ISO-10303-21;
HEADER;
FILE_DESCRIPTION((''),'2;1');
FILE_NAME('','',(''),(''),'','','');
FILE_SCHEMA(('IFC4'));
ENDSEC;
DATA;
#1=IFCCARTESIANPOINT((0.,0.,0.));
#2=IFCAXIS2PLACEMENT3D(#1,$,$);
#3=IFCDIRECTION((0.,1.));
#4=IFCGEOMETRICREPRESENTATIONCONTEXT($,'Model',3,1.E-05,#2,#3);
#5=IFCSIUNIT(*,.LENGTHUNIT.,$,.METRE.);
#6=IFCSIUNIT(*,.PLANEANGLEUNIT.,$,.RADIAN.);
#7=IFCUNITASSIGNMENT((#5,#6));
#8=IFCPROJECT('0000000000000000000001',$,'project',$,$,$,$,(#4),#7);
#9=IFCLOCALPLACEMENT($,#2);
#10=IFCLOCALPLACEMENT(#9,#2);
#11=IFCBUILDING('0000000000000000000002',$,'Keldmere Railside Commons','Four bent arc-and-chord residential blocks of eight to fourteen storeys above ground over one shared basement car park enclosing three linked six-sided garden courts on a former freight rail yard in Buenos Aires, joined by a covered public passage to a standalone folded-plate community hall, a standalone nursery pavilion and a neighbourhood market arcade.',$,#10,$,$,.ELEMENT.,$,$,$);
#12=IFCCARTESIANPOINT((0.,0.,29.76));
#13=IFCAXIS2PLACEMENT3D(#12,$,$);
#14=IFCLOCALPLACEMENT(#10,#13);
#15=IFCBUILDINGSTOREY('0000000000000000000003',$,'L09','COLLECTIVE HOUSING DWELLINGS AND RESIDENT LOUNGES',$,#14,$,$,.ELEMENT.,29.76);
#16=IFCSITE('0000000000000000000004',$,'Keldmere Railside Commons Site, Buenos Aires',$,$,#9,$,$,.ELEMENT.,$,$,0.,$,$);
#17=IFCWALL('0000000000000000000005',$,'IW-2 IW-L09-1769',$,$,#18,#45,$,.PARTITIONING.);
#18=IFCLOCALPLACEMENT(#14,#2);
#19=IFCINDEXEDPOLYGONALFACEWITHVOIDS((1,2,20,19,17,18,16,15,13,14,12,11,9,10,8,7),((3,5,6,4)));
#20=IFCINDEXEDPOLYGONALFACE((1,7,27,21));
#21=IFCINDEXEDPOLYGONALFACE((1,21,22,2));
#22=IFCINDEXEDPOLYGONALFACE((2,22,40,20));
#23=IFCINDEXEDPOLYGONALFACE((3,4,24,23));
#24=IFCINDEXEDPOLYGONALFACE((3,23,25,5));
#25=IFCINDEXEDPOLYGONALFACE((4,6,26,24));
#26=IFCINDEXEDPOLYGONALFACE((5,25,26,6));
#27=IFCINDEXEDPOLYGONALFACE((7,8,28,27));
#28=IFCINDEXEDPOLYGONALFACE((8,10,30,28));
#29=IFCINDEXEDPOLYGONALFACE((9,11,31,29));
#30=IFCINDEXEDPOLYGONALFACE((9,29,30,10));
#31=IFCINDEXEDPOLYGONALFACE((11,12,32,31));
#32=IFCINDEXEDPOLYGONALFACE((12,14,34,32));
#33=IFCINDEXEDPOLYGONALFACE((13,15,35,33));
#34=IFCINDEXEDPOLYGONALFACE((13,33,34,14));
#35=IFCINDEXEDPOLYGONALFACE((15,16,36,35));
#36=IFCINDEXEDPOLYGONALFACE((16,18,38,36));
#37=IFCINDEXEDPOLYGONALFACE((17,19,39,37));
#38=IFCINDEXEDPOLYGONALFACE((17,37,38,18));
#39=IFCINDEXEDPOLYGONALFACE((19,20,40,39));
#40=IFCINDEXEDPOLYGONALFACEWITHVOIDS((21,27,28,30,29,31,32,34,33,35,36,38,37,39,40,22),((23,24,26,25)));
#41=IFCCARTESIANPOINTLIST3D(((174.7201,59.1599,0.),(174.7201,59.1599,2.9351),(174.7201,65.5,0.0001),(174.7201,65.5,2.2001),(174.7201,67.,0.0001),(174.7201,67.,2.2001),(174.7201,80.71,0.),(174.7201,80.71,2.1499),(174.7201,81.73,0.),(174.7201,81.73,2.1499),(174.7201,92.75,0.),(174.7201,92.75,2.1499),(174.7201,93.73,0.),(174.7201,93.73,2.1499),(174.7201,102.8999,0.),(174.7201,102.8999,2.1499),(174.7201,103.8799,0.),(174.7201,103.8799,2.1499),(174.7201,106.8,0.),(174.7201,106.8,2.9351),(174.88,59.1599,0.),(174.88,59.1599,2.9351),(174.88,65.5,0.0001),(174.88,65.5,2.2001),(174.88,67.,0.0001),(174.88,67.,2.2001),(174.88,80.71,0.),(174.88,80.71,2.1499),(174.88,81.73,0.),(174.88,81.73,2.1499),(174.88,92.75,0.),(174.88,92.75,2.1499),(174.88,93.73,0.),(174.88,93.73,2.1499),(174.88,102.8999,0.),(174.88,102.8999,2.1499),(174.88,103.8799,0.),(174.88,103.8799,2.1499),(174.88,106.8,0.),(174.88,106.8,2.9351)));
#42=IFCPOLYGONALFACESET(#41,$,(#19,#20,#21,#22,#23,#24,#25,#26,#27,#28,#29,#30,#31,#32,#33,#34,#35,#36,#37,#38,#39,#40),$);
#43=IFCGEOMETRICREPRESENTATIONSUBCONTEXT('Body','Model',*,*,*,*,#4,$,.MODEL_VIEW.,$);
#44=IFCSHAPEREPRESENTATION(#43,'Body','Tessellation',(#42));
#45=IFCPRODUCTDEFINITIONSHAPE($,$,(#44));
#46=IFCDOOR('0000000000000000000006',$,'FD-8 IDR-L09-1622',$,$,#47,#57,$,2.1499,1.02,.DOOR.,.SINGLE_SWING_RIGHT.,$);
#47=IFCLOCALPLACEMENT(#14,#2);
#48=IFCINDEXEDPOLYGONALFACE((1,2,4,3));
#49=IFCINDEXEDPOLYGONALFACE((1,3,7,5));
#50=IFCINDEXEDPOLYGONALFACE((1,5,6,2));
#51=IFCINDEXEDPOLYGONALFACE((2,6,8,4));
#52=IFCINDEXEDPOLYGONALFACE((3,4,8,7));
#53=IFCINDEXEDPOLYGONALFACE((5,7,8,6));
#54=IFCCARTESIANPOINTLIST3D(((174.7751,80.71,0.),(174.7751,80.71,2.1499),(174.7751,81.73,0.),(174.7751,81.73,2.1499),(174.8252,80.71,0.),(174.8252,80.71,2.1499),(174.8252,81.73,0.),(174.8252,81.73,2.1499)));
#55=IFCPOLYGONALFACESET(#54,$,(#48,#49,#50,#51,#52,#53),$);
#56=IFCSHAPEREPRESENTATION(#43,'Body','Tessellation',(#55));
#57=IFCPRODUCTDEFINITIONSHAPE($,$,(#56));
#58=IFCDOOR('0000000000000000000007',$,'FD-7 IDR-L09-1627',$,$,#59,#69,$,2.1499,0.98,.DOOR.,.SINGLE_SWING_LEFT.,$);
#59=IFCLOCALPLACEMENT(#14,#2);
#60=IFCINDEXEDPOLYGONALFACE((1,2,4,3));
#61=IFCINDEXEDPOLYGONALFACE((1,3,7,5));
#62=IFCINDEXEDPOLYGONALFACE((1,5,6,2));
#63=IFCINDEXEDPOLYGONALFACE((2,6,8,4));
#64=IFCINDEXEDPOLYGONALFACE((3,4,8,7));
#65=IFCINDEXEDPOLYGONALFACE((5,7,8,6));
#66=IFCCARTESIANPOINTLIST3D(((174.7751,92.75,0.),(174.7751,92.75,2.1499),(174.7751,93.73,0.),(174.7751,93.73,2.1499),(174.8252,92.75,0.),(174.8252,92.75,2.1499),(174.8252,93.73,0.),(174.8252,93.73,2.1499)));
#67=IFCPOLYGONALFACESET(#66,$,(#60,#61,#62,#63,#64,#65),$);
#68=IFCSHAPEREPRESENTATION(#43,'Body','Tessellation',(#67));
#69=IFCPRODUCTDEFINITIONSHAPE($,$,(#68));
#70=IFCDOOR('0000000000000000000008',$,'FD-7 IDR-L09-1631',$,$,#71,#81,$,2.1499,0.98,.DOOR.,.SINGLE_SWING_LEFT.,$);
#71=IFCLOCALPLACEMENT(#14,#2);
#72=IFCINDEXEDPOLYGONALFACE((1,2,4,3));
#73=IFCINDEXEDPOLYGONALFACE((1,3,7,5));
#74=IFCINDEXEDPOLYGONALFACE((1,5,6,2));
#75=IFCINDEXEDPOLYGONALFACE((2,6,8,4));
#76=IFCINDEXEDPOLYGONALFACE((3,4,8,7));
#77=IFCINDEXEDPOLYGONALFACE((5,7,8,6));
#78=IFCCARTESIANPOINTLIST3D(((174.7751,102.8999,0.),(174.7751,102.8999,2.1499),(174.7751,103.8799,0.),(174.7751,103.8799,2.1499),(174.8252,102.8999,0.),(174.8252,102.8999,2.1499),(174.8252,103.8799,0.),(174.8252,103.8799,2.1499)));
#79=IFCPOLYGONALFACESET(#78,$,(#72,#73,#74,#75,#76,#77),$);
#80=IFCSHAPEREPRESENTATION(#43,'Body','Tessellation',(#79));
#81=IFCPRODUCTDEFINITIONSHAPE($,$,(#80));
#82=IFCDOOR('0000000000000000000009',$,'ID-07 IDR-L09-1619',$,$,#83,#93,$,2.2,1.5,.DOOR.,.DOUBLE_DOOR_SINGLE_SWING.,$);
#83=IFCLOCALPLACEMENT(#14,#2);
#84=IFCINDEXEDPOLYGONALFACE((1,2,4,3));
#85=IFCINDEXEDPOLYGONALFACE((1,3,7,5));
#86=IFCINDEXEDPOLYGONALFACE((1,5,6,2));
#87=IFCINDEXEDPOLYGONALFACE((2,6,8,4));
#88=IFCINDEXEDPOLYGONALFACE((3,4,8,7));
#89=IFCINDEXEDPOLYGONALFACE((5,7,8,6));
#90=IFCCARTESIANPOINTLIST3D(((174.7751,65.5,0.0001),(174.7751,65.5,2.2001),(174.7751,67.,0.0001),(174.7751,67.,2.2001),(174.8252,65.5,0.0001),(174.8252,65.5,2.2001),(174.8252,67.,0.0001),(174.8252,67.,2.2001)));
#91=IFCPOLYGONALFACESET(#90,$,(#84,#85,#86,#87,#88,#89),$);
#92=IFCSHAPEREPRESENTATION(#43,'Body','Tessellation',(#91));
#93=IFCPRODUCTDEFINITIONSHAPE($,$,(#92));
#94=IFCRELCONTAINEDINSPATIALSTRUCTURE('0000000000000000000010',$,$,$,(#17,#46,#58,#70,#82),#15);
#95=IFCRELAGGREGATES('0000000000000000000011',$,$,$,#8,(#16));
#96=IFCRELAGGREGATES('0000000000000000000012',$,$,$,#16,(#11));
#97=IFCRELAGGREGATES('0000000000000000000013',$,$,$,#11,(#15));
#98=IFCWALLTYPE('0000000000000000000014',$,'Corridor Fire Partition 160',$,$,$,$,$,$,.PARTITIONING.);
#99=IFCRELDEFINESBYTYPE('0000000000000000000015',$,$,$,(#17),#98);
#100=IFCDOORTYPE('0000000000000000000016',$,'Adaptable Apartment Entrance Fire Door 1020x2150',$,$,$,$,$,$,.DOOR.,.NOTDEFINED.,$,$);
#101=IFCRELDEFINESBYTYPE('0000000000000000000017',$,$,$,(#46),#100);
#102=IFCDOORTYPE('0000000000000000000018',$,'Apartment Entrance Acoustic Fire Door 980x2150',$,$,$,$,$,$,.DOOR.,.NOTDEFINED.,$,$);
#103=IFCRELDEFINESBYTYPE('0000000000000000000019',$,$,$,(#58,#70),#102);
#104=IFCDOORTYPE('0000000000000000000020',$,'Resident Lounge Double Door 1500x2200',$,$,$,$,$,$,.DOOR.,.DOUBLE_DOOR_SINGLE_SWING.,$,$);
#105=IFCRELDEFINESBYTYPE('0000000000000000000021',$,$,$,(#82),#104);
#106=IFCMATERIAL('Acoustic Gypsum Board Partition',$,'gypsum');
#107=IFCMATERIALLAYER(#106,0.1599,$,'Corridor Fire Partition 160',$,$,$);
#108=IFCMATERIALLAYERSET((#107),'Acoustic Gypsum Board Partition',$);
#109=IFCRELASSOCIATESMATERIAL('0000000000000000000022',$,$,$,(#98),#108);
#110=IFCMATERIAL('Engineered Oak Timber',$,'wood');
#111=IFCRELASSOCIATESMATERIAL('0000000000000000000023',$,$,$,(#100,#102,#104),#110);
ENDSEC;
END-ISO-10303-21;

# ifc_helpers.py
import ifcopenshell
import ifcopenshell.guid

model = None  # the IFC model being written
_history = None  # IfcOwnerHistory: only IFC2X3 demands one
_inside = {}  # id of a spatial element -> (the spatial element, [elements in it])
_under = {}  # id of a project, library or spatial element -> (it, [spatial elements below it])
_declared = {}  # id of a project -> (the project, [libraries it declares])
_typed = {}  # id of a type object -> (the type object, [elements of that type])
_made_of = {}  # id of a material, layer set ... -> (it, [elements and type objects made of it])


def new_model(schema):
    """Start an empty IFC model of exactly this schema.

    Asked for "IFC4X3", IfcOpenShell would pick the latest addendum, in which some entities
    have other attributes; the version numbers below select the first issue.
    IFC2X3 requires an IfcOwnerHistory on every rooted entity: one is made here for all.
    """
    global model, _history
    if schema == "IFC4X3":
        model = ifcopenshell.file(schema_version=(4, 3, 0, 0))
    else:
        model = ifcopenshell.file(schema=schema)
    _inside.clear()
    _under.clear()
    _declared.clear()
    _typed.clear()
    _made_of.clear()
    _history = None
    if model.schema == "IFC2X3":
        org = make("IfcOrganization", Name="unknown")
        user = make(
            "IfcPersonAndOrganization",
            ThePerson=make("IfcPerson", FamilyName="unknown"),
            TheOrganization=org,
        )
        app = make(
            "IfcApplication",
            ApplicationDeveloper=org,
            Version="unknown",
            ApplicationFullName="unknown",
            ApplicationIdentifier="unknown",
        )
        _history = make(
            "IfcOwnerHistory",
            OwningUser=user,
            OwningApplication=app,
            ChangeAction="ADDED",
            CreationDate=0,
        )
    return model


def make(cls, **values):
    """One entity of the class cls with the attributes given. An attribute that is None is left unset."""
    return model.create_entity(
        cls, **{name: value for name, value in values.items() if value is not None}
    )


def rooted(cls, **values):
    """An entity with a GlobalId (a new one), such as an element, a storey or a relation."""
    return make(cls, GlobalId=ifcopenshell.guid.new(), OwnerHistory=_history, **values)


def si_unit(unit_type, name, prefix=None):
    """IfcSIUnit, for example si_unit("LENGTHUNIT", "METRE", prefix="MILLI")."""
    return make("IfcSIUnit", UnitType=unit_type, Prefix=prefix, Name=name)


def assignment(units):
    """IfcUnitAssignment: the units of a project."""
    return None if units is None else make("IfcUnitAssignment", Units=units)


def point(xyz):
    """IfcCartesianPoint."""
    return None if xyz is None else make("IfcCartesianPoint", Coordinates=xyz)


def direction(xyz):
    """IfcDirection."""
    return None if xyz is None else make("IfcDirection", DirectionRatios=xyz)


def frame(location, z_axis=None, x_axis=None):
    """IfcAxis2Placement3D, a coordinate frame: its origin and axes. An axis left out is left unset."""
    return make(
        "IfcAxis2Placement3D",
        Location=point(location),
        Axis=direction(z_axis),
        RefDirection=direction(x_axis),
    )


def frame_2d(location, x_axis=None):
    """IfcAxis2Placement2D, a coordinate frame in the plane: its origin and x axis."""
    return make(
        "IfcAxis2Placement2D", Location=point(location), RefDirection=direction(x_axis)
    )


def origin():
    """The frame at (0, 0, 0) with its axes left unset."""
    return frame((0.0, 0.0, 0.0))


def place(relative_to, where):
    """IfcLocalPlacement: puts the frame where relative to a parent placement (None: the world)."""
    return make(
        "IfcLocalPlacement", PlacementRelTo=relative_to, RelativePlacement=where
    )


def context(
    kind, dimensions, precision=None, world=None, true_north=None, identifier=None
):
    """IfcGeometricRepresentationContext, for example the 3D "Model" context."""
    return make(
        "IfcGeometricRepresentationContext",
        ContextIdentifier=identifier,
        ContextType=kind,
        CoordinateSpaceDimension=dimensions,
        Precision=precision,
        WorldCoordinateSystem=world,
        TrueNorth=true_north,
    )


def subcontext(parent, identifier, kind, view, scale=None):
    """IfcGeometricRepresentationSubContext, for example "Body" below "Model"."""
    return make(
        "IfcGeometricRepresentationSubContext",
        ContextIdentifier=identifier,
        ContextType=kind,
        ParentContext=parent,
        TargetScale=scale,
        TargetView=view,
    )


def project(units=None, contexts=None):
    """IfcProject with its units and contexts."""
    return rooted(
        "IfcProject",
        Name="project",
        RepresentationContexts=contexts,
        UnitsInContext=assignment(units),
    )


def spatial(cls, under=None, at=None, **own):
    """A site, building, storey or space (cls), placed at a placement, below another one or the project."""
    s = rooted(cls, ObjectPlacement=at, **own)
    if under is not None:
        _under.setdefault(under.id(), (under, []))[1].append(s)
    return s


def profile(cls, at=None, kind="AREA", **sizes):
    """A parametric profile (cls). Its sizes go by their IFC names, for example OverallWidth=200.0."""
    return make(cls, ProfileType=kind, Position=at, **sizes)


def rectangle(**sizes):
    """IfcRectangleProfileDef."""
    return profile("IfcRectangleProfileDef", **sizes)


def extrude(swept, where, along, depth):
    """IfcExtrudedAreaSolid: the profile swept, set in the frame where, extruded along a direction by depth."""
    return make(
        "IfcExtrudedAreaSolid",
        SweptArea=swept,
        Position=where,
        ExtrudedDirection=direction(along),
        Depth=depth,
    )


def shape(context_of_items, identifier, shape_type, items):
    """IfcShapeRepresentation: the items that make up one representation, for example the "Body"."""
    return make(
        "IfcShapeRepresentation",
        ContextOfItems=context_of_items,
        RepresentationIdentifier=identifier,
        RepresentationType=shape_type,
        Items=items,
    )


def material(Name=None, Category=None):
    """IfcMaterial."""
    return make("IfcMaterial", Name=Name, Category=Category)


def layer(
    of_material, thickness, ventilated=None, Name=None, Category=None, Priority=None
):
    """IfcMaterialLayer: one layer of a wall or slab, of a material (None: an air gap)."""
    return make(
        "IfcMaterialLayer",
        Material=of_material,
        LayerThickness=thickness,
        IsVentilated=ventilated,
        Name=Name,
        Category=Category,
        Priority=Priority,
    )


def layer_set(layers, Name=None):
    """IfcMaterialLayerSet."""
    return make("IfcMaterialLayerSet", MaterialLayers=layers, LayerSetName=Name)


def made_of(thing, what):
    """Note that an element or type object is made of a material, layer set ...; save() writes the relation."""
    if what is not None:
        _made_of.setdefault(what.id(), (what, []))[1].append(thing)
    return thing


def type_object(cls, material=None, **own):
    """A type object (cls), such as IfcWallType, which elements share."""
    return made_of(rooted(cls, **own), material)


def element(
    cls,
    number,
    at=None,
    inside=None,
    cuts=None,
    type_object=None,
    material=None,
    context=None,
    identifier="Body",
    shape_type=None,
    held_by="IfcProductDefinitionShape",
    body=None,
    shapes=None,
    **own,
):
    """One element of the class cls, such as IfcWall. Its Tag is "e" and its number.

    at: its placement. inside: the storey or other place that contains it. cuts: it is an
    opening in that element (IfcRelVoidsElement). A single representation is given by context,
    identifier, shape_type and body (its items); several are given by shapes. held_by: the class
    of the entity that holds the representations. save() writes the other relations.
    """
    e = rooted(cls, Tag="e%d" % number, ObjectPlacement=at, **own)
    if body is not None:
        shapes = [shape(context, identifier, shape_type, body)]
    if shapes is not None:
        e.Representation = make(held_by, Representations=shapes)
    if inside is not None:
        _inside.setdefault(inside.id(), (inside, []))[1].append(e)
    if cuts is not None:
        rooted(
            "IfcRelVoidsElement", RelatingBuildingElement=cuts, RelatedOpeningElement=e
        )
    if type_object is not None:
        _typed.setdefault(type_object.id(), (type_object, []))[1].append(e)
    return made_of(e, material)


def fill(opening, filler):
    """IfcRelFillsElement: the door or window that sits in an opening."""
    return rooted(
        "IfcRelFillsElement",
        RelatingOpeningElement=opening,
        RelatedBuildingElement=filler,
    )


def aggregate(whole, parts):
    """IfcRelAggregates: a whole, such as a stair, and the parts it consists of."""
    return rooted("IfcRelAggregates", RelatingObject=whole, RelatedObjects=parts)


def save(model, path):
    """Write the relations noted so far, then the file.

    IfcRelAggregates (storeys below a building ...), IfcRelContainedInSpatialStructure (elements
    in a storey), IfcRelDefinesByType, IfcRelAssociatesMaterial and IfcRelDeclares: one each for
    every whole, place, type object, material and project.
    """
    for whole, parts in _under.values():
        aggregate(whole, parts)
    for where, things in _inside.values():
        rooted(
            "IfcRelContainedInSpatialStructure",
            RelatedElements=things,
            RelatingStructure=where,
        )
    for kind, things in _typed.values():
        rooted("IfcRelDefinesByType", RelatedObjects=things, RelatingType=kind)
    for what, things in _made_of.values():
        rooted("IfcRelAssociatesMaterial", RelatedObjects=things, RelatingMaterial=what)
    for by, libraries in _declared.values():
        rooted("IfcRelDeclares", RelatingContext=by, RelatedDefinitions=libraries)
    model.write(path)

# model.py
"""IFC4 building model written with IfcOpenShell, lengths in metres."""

from ifc_helpers import new_model, si_unit, direction, frame, frame_2d, origin, place, context, subcontext, project, spatial, rectangle, extrude, material, layer, layer_set, type_object, element, fill, save


model = new_model("IFC4")

# Units and contexts
model_context = context("Model", 3, precision=1e-05, world=origin(), true_north=direction((0.0, 1.0)))
body_context = subcontext(model_context, "Body", "Model", "MODEL_VIEW")
ifc_project = project(units=[si_unit("LENGTHUNIT", "METRE"), si_unit("PLANEANGLEUNIT", "RADIAN")], contexts=[model_context])

# Site, building, storey
site_placement = place(None, origin())
site = spatial("IfcSite", under=ifc_project, at=site_placement, Name="Keldmere Railside Commons Site, Buenos Aires", CompositionType="ELEMENT", RefElevation=0.0)
building_placement = place(site_placement, origin())
building = spatial("IfcBuilding", under=site, at=building_placement, Name="Keldmere Railside Commons", Description="Four bent arc-and-chord residential blocks of eight to fourteen storeys above ground over one shared basement car park enclosing three linked six-sided garden courts on a former freight rail yard in Buenos Aires, joined by a covered public passage to a standalone folded-plate community hall, a standalone nursery pavilion and a neighbourhood market arcade.", CompositionType="ELEMENT")
storey_placement = place(building_placement, frame((0.0, 0.0, 29.76)))
storey = spatial("IfcBuildingStorey", under=building, at=storey_placement, Name="L09", Description="COLLECTIVE HOUSING DWELLINGS AND RESIDENT LOUNGES", CompositionType="ELEMENT", Elevation=29.76)

# Wall, openings, doors
ifc_material_1 = material(Name="Acoustic Gypsum Board Partition", Category="gypsum")
ifc_layer = layer(ifc_material_1, 0.1599, Name="Corridor Fire Partition 160")
ifc_layer_set = layer_set([ifc_layer], Name="Acoustic Gypsum Board Partition")
wall_type = type_object("IfcWallType", Name="Corridor Fire Partition 160", PredefinedType="PARTITIONING", material=ifc_layer_set)
wall_1_placement = place(storey_placement, frame((174.8, 59.1599, 0.0), z_axis=(0.0, 0.0, 1.0), x_axis=(0.0, 1.0, 0.0)))
wall_1 = element("IfcWall", 1, at=wall_1_placement, inside=storey, type_object=wall_type, Name="IW-2 IW-L09-1769", PredefinedType="PARTITIONING", context=body_context, shape_type="SweptSolid", body=[
    extrude(rectangle(XDim=47.6401, YDim=0.1599, at=frame_2d((23.8201, 0.0))), origin(), (0.0, 0.0, 1.0), 2.9351),
])
opening_1_placement = place(wall_1_placement, frame((6.3401, 0.0, 0.0)))
opening_1 = element("IfcOpeningElement", 2, at=opening_1_placement, cuts=wall_1, PredefinedType="OPENING", context=body_context, shape_type="SweptSolid", body=[
    extrude(rectangle(XDim=1.5, YDim=2.2, at=frame_2d((0.75, 1.1001))), frame((0.0, 0.0898, 0.0), z_axis=(0.0, -1.0, 0.0), x_axis=(1.0, 0.0, 0.0)), (0.0, 0.0, 1.0), 0.1799),
])
opening_2_placement = place(wall_1_placement, frame((21.55, 0.0, 0.0)))
opening_2 = element("IfcOpeningElement", 3, at=opening_2_placement, cuts=wall_1, PredefinedType="OPENING", context=body_context, shape_type="SweptSolid", body=[
    extrude(rectangle(XDim=1.02, YDim=2.1499, at=frame_2d((0.51, 1.075))), frame((0.0, 0.0898, 0.0), z_axis=(0.0, -1.0, 0.0), x_axis=(1.0, 0.0, 0.0)), (0.0, 0.0, 1.0), 0.1799),
])
opening_3_placement = place(wall_1_placement, frame((33.5901, 0.0, 0.0)))
opening_3 = element("IfcOpeningElement", 4, at=opening_3_placement, cuts=wall_1, PredefinedType="OPENING", context=body_context, shape_type="SweptSolid", body=[
    extrude(rectangle(XDim=0.98, YDim=2.1499, at=frame_2d((0.49, 1.075))), frame((0.0, 0.0898, 0.0), z_axis=(0.0, -1.0, 0.0), x_axis=(1.0, 0.0, 0.0)), (0.0, 0.0, 1.0), 0.1799),
])
opening_4_placement = place(wall_1_placement, frame((43.74, 0.0, 0.0)))
opening_4 = element("IfcOpeningElement", 5, at=opening_4_placement, cuts=wall_1, PredefinedType="OPENING", context=body_context, shape_type="SweptSolid", body=[
    extrude(rectangle(XDim=0.98, YDim=2.1499, at=frame_2d((0.49, 1.075))), frame((0.0, 0.0898, 0.0), z_axis=(0.0, -1.0, 0.0), x_axis=(1.0, 0.0, 0.0)), (0.0, 0.0, 1.0), 0.1799),
])
ifc_material_2 = material(Name="Engineered Oak Timber", Category="wood")
door_type_1 = type_object("IfcDoorType", Name="Adaptable Apartment Entrance Fire Door 1020x2150", OperationType="NOTDEFINED", PredefinedType="DOOR", material=ifc_material_2)
door_1_placement = place(opening_2_placement, origin())
door_1 = element("IfcDoor", 6, at=door_1_placement, inside=storey, type_object=door_type_1, Name="FD-8 IDR-L09-1622", OperationType="SINGLE_SWING_RIGHT", OverallHeight=2.1499, OverallWidth=1.02, PredefinedType="DOOR", context=body_context, shape_type="SweptSolid", body=[
    extrude(rectangle(XDim=1.02, YDim=2.1499, at=frame_2d((0.51, 1.075))), frame((0.0, 0.0249, 0.0), z_axis=(0.0, -1.0, 0.0), x_axis=(1.0, 0.0, 0.0)), (0.0, 0.0, 1.0), 0.05),
])
fill(opening_2, door_1)
door_type_2 = type_object("IfcDoorType", Name="Apartment Entrance Acoustic Fire Door 980x2150", OperationType="NOTDEFINED", PredefinedType="DOOR", material=ifc_material_2)
door_2_placement = place(opening_3_placement, origin())
door_2 = element("IfcDoor", 7, at=door_2_placement, inside=storey, type_object=door_type_2, Name="FD-7 IDR-L09-1627", OperationType="SINGLE_SWING_LEFT", OverallHeight=2.1499, OverallWidth=0.98, PredefinedType="DOOR", context=body_context, shape_type="SweptSolid", body=[
    extrude(rectangle(XDim=0.98, YDim=2.1499, at=frame_2d((0.49, 1.075))), frame((0.0, 0.0249, 0.0), z_axis=(0.0, -1.0, 0.0), x_axis=(1.0, 0.0, 0.0)), (0.0, 0.0, 1.0), 0.05),
])
fill(opening_3, door_2)
door_3_placement = place(opening_4_placement, origin())
door_3 = element("IfcDoor", 8, at=door_3_placement, inside=storey, type_object=door_type_2, Name="FD-7 IDR-L09-1631", OperationType="SINGLE_SWING_LEFT", OverallHeight=2.1499, OverallWidth=0.98, PredefinedType="DOOR", context=body_context, shape_type="SweptSolid", body=[
    extrude(rectangle(XDim=0.98, YDim=2.1499, at=frame_2d((0.49, 1.075))), frame((0.0, 0.0249, 0.0), z_axis=(0.0, -1.0, 0.0), x_axis=(1.0, 0.0, 0.0)), (0.0, 0.0, 1.0), 0.05),
])
fill(opening_4, door_3)
door_type_3 = type_object("IfcDoorType", Name="Resident Lounge Double Door 1500x2200", OperationType="DOUBLE_DOOR_SINGLE_SWING", PredefinedType="DOOR", material=ifc_material_2)
door_4_placement = place(opening_1_placement, origin())
door_4 = element("IfcDoor", 9, at=door_4_placement, inside=storey, type_object=door_type_3, Name="ID-07 IDR-L09-1619", OperationType="DOUBLE_DOOR_SINGLE_SWING", OverallHeight=2.2, OverallWidth=1.5, PredefinedType="DOOR", context=body_context, shape_type="SweptSolid", body=[
    extrude(rectangle(XDim=1.5, YDim=2.2, at=frame_2d((0.75, 1.1001))), frame((0.0, 0.0249, 0.0), z_axis=(0.0, -1.0, 0.0), x_axis=(1.0, 0.0, 0.0)), (0.0, 0.0, 1.0), 0.05),
])
fill(opening_1, door_4)

save(model, "model.ifc")
